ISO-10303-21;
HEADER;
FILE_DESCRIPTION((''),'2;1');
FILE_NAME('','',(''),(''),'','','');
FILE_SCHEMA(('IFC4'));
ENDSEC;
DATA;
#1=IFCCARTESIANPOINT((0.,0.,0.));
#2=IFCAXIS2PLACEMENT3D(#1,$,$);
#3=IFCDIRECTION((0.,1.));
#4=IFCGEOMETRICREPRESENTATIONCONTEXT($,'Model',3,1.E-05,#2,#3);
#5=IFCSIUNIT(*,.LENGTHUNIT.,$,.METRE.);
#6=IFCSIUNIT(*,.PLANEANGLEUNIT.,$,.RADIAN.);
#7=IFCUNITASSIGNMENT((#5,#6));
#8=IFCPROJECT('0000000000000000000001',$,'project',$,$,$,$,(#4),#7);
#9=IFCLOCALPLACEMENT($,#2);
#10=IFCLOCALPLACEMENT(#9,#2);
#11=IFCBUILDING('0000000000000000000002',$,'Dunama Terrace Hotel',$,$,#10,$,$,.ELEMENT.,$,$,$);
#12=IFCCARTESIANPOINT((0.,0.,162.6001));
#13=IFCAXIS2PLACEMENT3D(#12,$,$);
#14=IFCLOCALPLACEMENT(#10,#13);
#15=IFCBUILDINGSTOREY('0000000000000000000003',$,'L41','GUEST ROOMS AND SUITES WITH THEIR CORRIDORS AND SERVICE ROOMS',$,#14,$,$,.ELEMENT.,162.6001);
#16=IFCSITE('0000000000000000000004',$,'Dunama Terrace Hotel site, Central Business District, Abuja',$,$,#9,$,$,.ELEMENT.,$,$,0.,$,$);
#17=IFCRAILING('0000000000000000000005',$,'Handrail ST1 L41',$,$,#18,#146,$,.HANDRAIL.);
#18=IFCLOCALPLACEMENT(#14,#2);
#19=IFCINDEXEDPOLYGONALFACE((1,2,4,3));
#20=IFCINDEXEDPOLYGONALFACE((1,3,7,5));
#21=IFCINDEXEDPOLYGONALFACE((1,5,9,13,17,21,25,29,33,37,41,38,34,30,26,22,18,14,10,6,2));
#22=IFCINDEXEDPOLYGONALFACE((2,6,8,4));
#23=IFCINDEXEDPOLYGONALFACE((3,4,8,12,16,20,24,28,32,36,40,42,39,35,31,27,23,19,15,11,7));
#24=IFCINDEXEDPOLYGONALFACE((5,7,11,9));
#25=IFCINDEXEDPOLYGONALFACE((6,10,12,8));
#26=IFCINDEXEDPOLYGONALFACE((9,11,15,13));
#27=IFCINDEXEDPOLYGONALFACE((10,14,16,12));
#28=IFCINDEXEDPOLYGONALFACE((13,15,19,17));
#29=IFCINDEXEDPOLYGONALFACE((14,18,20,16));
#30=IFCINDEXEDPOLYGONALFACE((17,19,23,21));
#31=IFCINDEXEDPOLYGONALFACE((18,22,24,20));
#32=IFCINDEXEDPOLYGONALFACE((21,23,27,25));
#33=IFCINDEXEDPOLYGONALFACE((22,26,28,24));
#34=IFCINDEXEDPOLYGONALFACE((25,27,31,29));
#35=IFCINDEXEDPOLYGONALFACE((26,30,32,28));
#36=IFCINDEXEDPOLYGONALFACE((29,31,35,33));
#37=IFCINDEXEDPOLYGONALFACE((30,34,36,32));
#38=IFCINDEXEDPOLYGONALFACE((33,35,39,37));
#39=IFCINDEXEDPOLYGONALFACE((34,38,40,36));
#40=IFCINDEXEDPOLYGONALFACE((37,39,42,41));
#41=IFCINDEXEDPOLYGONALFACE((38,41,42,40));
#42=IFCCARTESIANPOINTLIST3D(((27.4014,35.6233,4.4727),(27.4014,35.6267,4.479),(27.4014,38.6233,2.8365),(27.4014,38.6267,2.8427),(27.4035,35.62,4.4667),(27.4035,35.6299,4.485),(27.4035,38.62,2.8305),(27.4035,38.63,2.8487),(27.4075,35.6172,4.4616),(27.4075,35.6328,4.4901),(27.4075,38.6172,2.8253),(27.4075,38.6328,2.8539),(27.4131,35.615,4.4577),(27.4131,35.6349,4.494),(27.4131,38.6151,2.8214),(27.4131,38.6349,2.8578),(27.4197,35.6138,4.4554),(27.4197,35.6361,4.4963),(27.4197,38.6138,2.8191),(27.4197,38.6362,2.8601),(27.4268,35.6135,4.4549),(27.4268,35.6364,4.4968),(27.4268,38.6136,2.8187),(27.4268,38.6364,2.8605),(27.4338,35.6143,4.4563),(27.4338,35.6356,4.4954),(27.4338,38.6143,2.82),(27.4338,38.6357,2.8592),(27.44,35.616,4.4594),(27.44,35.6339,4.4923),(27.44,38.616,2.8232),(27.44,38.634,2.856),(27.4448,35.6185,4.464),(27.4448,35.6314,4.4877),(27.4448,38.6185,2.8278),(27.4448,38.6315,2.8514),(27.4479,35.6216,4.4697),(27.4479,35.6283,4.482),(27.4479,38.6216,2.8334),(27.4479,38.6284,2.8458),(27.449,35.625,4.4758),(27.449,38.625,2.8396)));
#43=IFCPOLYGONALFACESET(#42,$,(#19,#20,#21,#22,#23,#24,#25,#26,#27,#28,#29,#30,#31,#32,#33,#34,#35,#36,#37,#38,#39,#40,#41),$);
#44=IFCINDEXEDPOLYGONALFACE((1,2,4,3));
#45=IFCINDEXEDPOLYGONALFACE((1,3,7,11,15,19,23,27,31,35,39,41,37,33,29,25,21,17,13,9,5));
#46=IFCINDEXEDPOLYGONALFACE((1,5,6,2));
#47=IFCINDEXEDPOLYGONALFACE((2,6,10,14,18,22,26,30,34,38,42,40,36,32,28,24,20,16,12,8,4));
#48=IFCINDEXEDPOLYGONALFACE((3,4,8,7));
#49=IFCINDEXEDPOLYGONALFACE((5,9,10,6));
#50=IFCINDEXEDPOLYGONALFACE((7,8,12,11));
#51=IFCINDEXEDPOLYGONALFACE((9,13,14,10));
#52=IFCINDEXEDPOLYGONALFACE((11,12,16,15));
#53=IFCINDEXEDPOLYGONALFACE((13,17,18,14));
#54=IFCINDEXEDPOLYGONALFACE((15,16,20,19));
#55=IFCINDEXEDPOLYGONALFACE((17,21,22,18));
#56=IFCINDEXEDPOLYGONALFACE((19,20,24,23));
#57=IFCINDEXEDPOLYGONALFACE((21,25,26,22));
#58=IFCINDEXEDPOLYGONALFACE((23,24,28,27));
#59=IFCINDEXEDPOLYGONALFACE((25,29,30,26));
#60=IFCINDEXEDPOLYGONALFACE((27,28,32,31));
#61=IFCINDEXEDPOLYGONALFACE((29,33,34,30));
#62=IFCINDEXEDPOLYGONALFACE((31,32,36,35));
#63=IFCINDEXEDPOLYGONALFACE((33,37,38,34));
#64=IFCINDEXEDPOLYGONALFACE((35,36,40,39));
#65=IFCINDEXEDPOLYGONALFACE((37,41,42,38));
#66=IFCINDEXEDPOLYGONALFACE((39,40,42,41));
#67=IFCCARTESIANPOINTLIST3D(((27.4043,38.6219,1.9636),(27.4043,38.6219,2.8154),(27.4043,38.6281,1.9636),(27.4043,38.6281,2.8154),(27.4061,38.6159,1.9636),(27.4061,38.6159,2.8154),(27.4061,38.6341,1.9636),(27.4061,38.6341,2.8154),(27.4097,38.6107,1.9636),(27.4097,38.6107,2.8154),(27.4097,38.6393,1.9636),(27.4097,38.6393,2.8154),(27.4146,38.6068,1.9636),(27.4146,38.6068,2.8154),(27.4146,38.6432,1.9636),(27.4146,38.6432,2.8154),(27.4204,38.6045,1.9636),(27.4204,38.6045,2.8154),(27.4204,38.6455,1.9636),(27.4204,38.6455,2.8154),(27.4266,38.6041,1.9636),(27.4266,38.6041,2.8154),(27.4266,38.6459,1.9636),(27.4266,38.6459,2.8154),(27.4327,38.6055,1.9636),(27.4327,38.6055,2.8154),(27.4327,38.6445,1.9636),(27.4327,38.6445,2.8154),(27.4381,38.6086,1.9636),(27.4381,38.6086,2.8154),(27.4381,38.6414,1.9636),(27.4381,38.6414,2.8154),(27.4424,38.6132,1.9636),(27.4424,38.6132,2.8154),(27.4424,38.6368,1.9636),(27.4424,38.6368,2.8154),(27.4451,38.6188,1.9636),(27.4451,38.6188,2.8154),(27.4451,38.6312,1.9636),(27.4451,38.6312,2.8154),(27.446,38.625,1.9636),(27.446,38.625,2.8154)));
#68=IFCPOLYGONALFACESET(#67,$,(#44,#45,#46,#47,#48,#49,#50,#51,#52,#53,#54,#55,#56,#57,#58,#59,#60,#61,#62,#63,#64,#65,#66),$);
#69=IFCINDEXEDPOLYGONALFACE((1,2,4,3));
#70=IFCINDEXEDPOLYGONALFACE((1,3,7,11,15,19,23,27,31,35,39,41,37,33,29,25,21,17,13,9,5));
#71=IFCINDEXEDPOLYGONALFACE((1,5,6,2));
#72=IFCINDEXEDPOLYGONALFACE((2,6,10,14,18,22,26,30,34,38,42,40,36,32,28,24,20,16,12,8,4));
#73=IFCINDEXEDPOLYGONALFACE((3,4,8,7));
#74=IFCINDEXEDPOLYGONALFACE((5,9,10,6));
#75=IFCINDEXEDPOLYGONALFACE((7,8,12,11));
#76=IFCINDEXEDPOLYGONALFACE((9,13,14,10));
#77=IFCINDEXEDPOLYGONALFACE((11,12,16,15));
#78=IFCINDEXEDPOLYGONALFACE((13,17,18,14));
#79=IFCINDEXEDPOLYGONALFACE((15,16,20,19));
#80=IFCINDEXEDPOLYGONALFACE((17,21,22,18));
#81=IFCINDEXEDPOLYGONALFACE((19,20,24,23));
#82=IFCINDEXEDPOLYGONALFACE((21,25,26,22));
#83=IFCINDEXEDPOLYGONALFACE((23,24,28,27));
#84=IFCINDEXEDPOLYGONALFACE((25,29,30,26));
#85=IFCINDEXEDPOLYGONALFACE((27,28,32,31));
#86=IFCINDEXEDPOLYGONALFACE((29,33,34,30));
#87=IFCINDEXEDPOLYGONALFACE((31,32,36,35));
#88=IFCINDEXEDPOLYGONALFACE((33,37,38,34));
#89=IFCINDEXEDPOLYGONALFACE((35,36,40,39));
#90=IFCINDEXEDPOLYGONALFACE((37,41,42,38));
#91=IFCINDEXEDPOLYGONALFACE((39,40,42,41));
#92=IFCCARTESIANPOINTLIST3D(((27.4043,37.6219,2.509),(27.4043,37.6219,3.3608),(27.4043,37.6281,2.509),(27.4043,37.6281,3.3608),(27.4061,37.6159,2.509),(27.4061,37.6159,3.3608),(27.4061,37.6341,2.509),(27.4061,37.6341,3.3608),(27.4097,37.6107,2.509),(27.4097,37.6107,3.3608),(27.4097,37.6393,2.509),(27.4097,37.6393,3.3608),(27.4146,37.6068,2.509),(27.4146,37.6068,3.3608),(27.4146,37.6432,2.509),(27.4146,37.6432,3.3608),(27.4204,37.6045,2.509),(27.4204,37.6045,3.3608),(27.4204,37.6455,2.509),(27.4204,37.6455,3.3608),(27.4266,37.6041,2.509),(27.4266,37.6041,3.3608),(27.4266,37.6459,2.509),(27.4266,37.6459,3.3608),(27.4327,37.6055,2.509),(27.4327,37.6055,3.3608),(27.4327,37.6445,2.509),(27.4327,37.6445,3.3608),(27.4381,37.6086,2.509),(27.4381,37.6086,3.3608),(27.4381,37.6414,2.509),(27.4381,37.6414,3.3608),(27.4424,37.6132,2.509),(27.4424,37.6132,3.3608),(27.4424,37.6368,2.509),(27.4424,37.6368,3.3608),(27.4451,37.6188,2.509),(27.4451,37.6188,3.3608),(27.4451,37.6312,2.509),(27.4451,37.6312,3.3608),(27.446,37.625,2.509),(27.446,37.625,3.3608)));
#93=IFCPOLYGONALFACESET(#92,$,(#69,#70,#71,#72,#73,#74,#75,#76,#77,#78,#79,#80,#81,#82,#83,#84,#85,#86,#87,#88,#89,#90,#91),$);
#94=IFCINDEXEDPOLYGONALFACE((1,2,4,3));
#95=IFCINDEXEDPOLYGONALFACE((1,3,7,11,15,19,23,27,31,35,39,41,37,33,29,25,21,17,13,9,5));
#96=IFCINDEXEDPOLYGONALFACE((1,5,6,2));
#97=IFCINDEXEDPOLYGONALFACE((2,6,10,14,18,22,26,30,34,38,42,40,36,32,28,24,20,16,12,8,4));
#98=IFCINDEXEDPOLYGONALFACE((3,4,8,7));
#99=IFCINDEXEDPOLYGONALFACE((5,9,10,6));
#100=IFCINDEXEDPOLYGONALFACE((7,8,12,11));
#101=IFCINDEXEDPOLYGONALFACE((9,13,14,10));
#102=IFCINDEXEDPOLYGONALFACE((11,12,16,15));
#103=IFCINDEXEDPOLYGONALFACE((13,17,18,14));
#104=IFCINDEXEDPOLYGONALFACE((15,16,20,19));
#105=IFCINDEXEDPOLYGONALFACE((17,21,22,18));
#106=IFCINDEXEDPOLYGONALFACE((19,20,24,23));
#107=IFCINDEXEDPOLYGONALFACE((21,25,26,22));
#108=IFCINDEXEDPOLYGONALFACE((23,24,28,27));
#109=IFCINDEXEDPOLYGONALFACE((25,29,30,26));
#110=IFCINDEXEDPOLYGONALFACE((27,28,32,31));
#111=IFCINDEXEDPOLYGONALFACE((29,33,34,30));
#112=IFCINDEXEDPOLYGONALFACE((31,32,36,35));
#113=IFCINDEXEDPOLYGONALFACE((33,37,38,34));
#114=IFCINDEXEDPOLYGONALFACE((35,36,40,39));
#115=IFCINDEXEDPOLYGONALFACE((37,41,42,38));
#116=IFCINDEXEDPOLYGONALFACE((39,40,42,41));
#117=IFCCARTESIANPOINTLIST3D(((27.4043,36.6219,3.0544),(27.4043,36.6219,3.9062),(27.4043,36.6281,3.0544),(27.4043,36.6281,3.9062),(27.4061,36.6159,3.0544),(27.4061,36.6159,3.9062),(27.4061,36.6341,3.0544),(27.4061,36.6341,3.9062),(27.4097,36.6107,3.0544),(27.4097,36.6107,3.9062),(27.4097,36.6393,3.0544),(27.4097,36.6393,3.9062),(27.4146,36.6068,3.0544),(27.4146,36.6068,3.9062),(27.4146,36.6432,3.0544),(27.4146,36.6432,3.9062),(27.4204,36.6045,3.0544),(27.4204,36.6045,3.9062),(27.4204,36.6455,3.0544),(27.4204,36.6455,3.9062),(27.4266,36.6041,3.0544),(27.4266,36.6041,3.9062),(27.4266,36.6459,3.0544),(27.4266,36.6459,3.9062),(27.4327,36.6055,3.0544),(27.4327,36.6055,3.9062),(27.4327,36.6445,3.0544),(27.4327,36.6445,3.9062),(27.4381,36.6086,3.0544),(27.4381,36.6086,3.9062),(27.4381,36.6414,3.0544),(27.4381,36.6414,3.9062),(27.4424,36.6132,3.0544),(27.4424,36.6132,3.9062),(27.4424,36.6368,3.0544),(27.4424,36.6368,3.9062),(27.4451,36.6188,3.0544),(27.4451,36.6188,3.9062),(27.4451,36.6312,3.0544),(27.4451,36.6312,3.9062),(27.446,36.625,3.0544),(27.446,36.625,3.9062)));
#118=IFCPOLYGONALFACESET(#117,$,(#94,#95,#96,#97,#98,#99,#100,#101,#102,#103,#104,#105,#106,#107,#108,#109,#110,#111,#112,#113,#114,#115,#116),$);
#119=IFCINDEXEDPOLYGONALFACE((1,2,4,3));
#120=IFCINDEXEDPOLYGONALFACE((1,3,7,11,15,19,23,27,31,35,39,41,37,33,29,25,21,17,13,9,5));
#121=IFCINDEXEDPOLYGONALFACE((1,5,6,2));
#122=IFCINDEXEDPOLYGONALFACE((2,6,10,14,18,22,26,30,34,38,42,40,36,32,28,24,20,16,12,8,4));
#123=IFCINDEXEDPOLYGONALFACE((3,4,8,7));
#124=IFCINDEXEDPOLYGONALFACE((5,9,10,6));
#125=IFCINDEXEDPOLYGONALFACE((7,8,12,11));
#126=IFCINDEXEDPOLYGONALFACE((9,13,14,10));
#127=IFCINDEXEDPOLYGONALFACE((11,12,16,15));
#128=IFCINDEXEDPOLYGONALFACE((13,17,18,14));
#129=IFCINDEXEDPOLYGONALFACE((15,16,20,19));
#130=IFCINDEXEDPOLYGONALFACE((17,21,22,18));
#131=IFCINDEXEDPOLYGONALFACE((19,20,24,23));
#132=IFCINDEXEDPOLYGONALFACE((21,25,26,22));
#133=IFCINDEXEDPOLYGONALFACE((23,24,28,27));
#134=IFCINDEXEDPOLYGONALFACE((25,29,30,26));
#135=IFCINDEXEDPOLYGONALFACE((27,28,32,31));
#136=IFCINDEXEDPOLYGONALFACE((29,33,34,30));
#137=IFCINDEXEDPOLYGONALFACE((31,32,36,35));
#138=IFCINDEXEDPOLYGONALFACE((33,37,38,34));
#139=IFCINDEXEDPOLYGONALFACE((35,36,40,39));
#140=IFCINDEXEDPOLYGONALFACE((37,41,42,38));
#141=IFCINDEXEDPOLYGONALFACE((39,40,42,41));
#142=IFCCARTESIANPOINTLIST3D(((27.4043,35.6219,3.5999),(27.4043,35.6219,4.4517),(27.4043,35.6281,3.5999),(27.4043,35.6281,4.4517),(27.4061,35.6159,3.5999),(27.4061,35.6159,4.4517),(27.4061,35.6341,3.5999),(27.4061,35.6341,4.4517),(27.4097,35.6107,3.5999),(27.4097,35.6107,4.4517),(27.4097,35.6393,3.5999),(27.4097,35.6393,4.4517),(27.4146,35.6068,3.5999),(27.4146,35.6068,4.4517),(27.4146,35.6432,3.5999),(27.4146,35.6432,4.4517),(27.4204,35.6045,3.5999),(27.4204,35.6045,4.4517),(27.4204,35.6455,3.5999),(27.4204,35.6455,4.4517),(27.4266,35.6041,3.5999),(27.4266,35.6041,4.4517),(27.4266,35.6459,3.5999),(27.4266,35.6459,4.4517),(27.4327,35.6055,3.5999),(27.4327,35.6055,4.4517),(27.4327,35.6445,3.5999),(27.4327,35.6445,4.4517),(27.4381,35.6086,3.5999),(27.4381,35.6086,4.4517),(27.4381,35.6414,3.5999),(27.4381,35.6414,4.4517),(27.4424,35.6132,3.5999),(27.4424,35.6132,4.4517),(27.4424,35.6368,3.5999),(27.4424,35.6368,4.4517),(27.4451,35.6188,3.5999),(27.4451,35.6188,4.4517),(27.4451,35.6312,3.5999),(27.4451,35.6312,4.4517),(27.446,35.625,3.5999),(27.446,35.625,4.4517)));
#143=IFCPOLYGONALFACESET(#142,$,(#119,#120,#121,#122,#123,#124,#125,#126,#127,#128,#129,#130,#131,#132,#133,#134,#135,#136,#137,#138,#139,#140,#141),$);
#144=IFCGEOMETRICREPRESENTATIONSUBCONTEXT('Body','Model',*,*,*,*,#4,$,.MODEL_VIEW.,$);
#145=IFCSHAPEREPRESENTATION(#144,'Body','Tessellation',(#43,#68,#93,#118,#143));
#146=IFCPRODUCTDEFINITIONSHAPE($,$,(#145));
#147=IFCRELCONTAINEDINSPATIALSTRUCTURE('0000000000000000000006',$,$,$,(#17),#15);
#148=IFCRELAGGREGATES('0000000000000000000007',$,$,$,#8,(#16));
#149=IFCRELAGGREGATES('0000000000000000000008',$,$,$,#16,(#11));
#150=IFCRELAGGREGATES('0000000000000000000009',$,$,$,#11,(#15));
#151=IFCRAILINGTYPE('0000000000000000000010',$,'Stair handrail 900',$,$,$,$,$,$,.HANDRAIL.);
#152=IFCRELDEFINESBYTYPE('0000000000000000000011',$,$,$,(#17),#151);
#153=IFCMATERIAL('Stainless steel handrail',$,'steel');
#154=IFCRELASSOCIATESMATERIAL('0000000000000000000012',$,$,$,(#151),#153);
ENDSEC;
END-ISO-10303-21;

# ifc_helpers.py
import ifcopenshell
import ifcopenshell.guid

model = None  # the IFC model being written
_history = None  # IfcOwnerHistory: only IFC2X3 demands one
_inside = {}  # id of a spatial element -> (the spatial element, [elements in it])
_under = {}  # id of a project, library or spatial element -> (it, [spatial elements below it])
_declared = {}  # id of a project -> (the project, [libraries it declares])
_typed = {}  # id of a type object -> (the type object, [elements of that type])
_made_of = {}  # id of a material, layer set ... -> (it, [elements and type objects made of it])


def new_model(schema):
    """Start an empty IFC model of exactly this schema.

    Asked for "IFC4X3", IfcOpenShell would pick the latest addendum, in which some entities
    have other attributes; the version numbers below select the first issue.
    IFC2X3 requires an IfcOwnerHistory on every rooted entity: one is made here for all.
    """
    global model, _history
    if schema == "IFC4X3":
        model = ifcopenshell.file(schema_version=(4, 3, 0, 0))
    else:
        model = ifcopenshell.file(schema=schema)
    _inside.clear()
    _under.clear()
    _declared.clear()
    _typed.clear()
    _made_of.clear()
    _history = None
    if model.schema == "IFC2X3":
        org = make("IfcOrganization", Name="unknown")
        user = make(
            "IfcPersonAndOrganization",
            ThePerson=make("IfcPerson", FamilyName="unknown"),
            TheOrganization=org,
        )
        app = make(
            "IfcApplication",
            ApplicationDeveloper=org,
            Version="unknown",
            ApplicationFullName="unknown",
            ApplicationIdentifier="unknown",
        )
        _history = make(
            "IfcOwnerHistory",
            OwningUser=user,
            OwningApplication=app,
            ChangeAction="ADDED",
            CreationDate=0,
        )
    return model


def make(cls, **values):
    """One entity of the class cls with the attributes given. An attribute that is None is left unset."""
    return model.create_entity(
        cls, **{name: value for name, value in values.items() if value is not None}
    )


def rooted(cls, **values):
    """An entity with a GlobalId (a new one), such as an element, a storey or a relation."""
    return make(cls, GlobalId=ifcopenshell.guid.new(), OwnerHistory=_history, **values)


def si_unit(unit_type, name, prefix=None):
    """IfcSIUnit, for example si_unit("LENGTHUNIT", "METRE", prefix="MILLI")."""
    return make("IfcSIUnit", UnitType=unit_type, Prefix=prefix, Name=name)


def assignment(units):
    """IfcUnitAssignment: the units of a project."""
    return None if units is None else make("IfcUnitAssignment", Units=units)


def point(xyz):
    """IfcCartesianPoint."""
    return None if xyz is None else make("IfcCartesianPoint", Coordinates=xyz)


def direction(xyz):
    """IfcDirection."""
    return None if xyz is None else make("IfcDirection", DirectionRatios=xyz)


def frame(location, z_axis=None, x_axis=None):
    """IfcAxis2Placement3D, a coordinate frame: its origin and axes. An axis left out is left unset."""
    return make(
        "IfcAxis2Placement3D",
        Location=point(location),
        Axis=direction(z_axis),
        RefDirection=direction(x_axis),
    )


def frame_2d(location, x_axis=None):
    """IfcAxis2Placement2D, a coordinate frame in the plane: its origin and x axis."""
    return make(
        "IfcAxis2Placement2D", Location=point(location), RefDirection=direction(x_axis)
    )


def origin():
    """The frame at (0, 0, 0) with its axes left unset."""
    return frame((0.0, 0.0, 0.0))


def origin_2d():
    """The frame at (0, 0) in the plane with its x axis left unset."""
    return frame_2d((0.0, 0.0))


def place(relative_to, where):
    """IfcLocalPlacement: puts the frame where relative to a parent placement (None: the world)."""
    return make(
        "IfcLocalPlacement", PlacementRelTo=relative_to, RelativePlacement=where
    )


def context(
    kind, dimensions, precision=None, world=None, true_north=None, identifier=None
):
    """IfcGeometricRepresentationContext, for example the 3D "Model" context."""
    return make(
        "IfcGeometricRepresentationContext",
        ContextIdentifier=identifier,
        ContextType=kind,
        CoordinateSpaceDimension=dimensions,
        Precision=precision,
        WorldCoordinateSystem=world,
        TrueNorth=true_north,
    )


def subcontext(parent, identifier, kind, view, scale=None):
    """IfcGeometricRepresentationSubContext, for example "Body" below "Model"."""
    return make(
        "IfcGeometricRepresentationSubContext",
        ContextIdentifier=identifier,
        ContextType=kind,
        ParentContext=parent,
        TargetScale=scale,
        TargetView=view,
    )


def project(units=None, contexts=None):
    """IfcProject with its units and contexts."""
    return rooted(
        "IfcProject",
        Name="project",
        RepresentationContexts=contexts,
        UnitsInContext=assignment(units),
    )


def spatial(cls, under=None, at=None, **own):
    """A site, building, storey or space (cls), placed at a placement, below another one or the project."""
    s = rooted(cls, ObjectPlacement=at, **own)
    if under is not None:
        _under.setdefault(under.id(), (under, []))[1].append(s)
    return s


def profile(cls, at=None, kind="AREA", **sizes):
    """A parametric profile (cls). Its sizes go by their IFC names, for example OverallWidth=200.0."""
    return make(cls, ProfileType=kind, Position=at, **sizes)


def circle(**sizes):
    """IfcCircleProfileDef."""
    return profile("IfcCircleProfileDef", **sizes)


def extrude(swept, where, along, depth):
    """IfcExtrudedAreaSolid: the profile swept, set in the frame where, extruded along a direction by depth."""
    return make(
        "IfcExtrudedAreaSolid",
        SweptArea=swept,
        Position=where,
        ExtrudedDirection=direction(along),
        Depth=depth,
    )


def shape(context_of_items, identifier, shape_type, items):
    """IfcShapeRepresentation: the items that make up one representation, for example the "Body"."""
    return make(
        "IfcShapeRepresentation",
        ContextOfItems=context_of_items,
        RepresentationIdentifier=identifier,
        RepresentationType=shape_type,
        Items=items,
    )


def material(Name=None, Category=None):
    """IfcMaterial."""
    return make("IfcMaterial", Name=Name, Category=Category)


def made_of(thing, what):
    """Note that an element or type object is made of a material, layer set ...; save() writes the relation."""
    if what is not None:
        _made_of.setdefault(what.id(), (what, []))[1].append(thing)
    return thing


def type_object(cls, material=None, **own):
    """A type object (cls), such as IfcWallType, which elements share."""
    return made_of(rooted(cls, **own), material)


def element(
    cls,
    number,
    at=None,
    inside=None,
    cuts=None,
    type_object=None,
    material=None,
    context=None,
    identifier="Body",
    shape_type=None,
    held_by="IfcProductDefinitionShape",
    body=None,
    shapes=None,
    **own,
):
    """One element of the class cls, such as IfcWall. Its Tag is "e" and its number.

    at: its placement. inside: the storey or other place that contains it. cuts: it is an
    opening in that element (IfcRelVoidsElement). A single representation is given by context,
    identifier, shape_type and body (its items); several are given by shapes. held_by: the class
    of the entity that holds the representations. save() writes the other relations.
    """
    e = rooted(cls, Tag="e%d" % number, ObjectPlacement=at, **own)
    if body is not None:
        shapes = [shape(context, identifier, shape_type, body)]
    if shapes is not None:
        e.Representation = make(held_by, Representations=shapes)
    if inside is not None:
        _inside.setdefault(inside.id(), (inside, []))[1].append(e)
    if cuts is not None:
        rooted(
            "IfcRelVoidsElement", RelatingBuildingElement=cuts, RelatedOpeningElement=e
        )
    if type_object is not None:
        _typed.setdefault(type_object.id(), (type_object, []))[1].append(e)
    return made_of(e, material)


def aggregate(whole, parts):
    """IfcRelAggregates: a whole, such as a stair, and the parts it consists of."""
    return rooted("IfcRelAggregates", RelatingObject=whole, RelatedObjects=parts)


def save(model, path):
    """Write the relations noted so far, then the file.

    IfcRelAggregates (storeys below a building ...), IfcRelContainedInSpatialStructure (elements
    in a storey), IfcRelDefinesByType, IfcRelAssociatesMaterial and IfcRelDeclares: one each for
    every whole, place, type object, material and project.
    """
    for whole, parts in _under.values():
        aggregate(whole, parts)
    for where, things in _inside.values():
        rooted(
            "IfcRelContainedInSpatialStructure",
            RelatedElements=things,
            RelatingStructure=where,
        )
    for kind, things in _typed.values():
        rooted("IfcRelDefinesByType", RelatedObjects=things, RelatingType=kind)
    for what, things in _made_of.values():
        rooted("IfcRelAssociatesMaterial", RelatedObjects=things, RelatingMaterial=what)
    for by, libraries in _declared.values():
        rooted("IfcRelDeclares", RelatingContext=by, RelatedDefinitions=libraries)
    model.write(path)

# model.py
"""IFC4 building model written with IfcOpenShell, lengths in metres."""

from ifc_helpers import new_model, si_unit, direction, frame, origin, origin_2d, place, context, subcontext, project, spatial, circle, extrude, material, type_object, element, save


model = new_model("IFC4")

# Units and contexts
model_context = context("Model", 3, precision=1e-05, world=origin(), true_north=direction((0.0, 1.0)))
body_context = subcontext(model_context, "Body", "Model", "MODEL_VIEW")
ifc_project = project(units=[si_unit("LENGTHUNIT", "METRE"), si_unit("PLANEANGLEUNIT", "RADIAN")], contexts=[model_context])

# Site, building, storey
site_placement = place(None, origin())
site = spatial("IfcSite", under=ifc_project, at=site_placement, Name="Dunama Terrace Hotel site, Central Business District, Abuja", CompositionType="ELEMENT", RefElevation=0.0)
building_placement = place(site_placement, origin())
building = spatial("IfcBuilding", under=site, at=building_placement, Name="Dunama Terrace Hotel", CompositionType="ELEMENT")
storey_placement = place(building_placement, frame((0.0, 0.0, 162.6001)))
storey = spatial("IfcBuildingStorey", under=building, at=storey_placement, Name="L41", Description="GUEST ROOMS AND SUITES WITH THEIR CORRIDORS AND SERVICE ROOMS", CompositionType="ELEMENT", Elevation=162.6001)

# Railing
ifc_material_1 = material(Name="Stainless steel handrail", Category="steel")
railing_type = type_object("IfcRailingType", Name="Stair handrail 900", PredefinedType="HANDRAIL", material=ifc_material_1)
railing_1_placement = place(storey_placement, frame((27.425, 38.625, 1.9636)))
element("IfcRailing", 1, at=railing_1_placement, inside=storey, type_object=railing_type, Name="Handrail ST1 L41", PredefinedType="HANDRAIL", context=body_context, shape_type="SweptSolid", body=[
    extrude(circle(Radius=0.0239, at=origin_2d()), frame((0.0, 0.0, 0.876), z_axis=(0.0, -0.877912, 0.478822), x_axis=(1.0, 0.0, 0.0)), (0.0, 0.0, 1.0), 3.4172),
    extrude(circle(Radius=0.021, at=origin_2d()), origin(), (0.0, 0.0, 1.0), 0.8518),
    extrude(circle(Radius=0.021, at=origin_2d()), frame((0.0, -1.0, 0.5454)), (0.0, 0.0, 1.0), 0.8518),
    extrude(circle(Radius=0.021, at=origin_2d()), frame((0.0, -2.0, 1.0908)), (0.0, 0.0, 1.0), 0.8518),
    extrude(circle(Radius=0.021, at=origin_2d()), frame((0.0, -3.0, 1.6362)), (0.0, 0.0, 1.0), 0.8518),
])

save(model, "model.ifc")
